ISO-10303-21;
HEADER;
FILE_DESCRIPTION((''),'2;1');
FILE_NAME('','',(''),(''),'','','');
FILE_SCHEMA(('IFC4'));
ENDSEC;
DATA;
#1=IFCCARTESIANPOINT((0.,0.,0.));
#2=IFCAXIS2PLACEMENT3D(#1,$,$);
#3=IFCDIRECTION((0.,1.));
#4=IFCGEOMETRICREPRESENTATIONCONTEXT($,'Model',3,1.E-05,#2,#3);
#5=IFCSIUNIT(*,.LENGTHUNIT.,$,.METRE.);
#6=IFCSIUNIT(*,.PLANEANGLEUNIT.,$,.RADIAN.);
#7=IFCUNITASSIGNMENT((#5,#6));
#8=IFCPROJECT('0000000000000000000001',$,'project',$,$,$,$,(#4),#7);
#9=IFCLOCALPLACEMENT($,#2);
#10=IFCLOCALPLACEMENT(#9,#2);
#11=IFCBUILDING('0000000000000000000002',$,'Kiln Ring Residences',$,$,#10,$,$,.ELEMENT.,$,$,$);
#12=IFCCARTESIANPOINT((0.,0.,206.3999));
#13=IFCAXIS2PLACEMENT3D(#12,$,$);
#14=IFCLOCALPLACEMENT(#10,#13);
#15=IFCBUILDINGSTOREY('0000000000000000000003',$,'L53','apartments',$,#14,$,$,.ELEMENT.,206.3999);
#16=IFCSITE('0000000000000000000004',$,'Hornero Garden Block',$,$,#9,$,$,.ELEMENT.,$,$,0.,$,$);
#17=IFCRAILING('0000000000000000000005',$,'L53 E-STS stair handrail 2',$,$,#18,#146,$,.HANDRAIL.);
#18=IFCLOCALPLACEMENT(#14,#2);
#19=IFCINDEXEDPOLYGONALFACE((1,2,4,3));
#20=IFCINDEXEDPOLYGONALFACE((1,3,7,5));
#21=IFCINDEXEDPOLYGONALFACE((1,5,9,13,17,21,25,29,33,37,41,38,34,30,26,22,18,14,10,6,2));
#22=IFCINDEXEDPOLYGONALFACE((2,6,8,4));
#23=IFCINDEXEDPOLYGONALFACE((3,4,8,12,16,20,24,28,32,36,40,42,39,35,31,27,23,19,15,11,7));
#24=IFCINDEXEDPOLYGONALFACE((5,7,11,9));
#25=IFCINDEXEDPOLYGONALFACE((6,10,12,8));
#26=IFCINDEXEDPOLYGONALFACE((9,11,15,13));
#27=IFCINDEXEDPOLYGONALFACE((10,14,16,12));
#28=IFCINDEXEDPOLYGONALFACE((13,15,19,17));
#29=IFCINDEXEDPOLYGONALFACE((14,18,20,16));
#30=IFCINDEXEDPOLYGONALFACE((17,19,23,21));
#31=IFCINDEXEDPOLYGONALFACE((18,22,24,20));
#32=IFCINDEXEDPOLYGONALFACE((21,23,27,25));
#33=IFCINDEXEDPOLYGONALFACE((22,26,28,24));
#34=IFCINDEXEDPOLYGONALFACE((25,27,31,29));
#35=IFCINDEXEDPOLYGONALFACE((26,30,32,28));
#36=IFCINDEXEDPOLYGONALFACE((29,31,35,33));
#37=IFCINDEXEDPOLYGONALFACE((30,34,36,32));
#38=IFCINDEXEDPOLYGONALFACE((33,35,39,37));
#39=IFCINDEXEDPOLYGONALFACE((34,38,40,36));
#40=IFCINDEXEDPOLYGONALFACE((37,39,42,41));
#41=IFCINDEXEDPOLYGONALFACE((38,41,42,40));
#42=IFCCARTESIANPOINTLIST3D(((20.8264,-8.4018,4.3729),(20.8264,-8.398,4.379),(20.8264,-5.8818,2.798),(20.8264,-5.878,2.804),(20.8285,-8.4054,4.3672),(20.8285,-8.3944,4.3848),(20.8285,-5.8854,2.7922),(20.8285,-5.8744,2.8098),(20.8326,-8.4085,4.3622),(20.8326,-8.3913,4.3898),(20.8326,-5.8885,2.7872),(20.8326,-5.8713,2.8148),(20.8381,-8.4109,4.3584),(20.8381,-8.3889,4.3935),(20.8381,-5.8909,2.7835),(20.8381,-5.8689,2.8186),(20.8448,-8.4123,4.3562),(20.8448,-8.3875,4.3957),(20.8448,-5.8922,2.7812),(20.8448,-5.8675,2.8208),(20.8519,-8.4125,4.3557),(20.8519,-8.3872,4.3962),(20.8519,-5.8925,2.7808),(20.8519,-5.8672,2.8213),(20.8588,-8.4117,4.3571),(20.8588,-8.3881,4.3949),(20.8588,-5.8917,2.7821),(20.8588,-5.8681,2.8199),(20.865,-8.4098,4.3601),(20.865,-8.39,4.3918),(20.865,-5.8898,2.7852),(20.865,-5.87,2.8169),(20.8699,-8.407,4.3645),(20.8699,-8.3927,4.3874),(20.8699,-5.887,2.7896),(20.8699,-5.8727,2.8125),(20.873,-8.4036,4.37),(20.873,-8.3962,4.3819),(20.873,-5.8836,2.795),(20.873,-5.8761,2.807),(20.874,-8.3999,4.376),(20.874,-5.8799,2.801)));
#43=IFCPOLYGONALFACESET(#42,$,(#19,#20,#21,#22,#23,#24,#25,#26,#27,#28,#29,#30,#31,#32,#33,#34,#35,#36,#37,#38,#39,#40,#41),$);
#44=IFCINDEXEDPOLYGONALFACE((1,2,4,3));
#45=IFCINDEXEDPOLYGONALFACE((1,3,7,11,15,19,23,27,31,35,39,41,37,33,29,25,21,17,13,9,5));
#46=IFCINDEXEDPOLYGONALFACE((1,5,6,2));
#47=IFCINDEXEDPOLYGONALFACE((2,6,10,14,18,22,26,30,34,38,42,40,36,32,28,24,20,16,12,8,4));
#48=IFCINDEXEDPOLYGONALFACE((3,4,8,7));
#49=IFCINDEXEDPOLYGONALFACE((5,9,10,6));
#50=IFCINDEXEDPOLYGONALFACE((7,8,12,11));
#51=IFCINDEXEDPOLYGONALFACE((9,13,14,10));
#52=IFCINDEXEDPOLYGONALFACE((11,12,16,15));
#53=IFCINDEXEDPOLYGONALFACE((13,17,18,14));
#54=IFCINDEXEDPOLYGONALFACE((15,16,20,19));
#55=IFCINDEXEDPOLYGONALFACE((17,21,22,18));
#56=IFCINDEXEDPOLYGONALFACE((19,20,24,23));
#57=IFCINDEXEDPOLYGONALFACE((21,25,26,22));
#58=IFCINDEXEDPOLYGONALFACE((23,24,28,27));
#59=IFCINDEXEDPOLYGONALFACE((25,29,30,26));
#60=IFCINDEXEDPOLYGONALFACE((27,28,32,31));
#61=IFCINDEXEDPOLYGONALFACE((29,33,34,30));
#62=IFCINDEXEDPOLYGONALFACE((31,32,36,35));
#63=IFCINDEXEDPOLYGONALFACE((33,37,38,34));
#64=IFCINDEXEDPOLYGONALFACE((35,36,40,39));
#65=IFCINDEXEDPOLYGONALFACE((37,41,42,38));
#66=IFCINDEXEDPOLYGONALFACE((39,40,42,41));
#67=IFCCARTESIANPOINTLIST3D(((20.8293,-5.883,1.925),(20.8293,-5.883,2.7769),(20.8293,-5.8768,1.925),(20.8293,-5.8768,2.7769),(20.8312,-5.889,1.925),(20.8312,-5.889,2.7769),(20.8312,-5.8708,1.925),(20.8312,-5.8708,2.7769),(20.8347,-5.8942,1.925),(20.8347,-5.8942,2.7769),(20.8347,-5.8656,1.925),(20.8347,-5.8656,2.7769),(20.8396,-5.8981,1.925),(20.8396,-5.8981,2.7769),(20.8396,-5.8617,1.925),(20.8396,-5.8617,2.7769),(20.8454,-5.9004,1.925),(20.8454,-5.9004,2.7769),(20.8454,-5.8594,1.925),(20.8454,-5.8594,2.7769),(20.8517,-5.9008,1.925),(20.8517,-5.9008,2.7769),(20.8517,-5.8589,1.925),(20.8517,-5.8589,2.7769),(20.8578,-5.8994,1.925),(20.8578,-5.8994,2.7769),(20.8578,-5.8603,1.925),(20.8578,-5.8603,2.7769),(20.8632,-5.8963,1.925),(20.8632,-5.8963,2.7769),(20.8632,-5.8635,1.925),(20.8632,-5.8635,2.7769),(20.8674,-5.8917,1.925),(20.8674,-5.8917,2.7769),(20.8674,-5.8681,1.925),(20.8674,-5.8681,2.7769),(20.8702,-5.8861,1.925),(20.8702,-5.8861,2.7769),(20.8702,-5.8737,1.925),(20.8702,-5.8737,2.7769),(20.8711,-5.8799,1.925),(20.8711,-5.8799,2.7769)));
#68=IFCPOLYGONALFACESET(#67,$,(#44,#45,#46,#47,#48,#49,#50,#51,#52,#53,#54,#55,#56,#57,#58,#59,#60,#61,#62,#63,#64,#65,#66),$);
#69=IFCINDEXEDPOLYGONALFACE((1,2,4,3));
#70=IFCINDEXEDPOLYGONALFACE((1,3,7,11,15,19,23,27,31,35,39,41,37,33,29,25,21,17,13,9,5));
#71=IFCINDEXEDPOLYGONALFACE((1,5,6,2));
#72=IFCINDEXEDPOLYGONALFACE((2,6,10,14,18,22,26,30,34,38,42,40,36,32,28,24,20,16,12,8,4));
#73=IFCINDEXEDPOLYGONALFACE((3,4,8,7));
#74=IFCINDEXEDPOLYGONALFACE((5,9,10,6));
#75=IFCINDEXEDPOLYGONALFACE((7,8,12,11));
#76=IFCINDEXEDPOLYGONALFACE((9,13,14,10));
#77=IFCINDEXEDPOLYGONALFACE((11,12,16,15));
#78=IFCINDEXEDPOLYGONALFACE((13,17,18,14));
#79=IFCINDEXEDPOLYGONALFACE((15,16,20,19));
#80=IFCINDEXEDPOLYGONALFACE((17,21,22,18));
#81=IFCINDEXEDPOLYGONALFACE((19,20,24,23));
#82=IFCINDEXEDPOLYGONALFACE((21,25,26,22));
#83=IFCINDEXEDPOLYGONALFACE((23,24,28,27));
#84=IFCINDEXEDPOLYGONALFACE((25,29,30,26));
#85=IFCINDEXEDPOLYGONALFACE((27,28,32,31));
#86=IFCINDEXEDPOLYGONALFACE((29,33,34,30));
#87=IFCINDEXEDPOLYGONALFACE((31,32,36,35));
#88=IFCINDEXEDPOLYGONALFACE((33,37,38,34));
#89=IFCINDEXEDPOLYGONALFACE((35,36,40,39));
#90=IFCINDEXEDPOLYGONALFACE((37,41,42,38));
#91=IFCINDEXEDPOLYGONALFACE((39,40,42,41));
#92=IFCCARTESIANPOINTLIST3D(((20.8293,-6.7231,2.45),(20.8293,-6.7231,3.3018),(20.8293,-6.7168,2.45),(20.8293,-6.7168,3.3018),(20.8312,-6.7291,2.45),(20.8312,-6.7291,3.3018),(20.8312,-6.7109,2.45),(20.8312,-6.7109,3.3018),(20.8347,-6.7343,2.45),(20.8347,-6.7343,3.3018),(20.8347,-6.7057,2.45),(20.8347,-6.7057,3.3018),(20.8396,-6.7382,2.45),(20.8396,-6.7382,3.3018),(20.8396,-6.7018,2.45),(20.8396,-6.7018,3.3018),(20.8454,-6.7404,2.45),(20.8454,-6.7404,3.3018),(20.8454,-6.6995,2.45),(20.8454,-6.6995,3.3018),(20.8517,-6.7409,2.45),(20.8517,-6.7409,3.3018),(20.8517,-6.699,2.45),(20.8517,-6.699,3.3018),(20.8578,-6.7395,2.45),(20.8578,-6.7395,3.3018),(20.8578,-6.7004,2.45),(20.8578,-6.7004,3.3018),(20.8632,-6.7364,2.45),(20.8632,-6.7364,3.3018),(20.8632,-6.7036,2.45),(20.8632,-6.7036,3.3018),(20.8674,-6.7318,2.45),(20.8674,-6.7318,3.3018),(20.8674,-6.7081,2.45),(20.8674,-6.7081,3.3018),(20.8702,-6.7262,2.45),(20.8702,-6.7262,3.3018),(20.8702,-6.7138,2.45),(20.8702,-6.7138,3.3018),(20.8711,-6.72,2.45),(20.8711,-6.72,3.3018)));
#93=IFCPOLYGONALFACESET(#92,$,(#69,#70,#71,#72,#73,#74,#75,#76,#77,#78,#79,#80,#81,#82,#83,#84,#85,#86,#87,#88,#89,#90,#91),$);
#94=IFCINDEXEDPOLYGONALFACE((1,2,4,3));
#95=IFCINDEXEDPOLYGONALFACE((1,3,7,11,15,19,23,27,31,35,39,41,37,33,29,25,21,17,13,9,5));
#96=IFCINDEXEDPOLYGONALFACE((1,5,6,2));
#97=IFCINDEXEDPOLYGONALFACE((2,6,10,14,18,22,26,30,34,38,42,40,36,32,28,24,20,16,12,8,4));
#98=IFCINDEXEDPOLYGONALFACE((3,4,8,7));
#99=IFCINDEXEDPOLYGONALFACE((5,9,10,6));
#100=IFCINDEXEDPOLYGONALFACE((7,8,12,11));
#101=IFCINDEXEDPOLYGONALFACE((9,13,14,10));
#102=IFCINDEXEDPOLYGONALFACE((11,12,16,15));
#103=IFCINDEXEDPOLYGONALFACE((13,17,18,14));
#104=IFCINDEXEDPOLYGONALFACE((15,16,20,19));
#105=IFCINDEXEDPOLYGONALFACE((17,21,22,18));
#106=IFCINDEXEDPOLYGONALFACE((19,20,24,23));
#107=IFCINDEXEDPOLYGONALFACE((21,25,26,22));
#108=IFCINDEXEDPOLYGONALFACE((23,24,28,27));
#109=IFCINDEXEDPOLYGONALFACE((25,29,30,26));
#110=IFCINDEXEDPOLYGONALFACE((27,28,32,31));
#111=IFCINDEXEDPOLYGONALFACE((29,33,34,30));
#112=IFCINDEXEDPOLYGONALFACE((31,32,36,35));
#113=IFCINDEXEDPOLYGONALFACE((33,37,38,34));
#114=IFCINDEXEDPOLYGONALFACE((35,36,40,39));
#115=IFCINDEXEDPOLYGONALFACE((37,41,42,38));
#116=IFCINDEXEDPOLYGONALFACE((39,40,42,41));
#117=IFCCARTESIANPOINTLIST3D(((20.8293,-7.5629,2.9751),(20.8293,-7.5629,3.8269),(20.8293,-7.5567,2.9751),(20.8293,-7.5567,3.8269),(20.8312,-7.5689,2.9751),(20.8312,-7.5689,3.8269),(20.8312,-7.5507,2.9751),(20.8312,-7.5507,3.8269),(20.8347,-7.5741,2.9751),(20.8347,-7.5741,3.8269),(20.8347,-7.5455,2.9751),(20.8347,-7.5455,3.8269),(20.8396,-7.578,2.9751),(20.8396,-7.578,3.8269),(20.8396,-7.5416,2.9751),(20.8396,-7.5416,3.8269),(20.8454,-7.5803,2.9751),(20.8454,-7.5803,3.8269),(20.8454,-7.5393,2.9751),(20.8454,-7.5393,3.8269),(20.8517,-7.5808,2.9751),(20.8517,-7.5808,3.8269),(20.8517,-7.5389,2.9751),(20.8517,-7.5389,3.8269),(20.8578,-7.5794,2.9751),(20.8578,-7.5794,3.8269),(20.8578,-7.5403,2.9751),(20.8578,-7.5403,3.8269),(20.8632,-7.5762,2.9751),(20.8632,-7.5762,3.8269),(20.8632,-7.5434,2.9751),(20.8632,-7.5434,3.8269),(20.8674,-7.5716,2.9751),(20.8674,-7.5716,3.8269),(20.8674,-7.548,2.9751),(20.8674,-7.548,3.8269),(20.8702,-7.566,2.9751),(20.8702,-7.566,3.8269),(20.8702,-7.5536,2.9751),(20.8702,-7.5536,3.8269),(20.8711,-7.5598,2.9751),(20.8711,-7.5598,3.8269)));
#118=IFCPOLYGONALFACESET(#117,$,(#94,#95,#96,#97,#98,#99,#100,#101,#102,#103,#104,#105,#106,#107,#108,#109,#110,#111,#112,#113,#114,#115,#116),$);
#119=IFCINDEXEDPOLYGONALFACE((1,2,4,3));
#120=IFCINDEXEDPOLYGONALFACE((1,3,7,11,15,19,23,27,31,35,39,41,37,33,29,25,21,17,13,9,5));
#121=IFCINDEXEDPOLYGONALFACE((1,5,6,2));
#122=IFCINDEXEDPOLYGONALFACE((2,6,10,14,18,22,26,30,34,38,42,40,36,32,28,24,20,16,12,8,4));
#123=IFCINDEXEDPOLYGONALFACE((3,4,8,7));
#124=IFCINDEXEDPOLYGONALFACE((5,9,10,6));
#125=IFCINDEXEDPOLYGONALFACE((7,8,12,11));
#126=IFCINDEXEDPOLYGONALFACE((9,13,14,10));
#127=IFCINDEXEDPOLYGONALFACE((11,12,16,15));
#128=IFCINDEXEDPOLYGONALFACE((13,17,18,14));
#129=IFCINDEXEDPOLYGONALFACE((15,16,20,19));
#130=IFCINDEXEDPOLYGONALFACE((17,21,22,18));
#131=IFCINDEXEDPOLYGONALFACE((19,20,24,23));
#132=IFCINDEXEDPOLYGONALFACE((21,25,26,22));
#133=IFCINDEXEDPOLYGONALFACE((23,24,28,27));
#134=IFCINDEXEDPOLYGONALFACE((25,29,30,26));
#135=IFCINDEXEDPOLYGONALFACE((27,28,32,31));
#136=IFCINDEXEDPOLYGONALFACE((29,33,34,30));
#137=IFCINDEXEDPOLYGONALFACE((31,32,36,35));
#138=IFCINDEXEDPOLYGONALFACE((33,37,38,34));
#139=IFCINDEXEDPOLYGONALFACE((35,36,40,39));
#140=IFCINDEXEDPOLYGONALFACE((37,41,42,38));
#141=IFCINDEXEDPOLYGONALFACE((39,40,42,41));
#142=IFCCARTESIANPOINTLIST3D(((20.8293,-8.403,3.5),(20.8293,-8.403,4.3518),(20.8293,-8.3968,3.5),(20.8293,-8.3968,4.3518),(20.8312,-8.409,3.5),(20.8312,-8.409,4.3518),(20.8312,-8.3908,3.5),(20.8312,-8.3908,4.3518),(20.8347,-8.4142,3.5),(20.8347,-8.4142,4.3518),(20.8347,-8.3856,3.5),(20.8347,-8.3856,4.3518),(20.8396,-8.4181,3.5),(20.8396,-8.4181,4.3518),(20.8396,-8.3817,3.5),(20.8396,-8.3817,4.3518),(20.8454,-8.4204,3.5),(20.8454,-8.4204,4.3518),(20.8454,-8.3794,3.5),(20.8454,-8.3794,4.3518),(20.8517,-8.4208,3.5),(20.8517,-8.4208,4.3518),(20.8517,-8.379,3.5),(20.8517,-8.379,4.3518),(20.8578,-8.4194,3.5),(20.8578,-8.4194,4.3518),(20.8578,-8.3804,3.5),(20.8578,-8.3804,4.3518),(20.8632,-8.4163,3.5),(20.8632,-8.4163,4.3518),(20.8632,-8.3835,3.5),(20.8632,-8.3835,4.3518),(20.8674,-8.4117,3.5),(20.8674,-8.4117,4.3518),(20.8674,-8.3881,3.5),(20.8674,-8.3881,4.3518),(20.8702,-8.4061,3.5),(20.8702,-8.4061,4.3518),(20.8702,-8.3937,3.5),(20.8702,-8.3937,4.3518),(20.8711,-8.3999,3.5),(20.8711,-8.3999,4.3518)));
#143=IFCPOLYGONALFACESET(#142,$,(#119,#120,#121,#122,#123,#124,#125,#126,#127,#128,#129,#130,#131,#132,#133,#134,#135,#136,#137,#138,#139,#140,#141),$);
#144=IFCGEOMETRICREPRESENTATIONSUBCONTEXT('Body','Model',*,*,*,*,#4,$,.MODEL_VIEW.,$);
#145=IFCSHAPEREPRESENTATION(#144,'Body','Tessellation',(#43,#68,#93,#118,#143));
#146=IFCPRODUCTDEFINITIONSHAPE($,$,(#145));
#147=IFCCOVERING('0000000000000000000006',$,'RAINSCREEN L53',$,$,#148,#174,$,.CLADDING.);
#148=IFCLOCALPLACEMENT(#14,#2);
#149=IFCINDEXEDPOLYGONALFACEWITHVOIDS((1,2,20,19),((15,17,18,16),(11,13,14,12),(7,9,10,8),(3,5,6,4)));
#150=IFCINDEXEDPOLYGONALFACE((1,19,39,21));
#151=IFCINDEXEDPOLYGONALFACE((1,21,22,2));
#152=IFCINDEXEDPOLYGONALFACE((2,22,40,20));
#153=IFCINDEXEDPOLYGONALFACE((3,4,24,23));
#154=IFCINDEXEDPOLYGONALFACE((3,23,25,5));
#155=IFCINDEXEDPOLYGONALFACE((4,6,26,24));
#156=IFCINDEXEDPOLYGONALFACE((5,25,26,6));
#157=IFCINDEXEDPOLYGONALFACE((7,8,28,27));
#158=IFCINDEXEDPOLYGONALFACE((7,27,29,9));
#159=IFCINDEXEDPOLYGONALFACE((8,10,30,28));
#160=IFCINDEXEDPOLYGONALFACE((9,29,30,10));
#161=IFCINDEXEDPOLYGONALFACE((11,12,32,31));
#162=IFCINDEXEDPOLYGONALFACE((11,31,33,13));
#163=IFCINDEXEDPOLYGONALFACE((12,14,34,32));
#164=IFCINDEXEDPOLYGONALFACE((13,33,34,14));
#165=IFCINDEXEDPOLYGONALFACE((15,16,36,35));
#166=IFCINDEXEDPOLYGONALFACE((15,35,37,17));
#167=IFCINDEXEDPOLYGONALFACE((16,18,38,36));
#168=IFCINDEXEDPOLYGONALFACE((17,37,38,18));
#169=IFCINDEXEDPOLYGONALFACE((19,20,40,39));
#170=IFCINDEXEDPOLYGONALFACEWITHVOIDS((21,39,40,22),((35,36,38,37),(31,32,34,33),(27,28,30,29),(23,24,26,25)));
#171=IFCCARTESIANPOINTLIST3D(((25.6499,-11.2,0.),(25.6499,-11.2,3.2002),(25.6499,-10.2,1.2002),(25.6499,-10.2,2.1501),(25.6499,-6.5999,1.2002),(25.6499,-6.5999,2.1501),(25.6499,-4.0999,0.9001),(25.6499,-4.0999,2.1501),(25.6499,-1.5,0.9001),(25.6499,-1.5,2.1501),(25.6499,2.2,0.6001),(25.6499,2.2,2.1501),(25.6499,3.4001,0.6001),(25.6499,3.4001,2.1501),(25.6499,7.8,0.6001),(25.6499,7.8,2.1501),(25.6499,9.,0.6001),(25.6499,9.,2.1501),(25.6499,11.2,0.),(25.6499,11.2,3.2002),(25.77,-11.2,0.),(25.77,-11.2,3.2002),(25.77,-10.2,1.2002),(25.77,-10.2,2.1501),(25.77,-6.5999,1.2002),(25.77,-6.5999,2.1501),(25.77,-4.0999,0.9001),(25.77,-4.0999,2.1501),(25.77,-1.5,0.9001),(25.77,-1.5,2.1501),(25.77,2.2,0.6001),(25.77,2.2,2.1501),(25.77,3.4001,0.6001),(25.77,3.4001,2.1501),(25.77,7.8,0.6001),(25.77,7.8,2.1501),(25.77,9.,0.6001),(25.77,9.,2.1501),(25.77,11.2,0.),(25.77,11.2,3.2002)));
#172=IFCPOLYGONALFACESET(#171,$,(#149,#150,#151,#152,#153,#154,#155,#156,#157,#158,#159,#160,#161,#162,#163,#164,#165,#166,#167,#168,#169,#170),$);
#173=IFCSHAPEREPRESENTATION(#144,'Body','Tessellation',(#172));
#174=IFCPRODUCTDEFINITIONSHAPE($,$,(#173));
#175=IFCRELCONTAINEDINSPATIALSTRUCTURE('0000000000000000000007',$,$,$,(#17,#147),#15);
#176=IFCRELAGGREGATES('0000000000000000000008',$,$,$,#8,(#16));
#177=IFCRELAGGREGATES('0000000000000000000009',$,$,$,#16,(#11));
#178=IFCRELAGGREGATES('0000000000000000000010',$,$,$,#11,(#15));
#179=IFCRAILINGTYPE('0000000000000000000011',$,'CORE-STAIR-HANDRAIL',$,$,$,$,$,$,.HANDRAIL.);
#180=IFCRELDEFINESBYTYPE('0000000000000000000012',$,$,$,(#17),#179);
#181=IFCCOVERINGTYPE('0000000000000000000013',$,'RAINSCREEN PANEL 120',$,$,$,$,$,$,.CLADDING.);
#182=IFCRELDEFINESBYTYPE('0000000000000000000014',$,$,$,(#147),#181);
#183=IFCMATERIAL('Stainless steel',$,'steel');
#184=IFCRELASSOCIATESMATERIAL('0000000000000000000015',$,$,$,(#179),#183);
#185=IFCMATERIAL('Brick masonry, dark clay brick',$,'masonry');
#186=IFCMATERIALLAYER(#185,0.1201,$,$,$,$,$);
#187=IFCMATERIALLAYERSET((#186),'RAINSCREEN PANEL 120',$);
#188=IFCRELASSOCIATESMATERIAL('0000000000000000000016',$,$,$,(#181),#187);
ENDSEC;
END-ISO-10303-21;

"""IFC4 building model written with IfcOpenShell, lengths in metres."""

from ifc_helpers import new_model, si_unit, direction, frame, origin, origin_2d, place, context, subcontext, project, spatial, polyline, circle, outline, extrude, material, layer, layer_set, type_object, element, save


model = new_model("IFC4")

# Units and contexts
model_context = context("Model", 3, precision=1e-05, world=origin(), true_north=direction((0.0, 1.0)))
body_context = subcontext(model_context, "Body", "Model", "MODEL_VIEW")
ifc_project = project(units=[si_unit("LENGTHUNIT", "METRE"), si_unit("PLANEANGLEUNIT", "RADIAN")], contexts=[model_context])

# Site, building, storey
site_placement = place(None, origin())
site = spatial("IfcSite", under=ifc_project, at=site_placement, Name="Hornero Garden Block", CompositionType="ELEMENT", RefElevation=0.0)
building_placement = place(site_placement, origin())
building = spatial("IfcBuilding", under=site, at=building_placement, Name="Kiln Ring Residences", CompositionType="ELEMENT")
storey_placement = place(building_placement, frame((0.0, 0.0, 206.3999)))
storey = spatial("IfcBuildingStorey", under=building, at=storey_placement, Name="L53", Description="apartments", CompositionType="ELEMENT", Elevation=206.3999)

# Railing
ifc_material_1 = material(Name="Stainless steel", Category="steel")
railing_type_1 = type_object("IfcRailingType", Name="CORE-STAIR-HANDRAIL", PredefinedType="HANDRAIL", material=ifc_material_1)
railing_1_placement = place(storey_placement, frame((20.8501, -5.8799, 1.925)))
element("IfcRailing", 1, at=railing_1_placement, inside=storey, type_object=railing_type_1, Name="L53 E-STS stair handrail 2", PredefinedType="HANDRAIL", context=body_context, shape_type="SweptSolid", body=[
    extrude(circle(Radius=0.0239, at=origin_2d()), frame((0.0, 0.0, 0.876), z_axis=(0.0, -0.848008, 0.529984), x_axis=(1.0, 0.0, 0.0)), (0.0, 0.0, 1.0), 2.9717),
    extrude(circle(Radius=0.021, at=origin_2d()), origin(), (0.0, 0.0, 1.0), 0.8518),
    extrude(circle(Radius=0.021, at=origin_2d()), frame((0.0, -0.8401, 0.5249)), (0.0, 0.0, 1.0), 0.8518),
    extrude(circle(Radius=0.021, at=origin_2d()), frame((0.0, -1.6799, 1.05)), (0.0, 0.0, 1.0), 0.8518),
    extrude(circle(Radius=0.021, at=origin_2d()), frame((0.0, -2.52, 1.575)), (0.0, 0.0, 1.0), 0.8518),
])

# Covering
ifc_material_2 = material(Name="Brick masonry, dark clay brick", Category="masonry")
ifc_layer_1 = layer(ifc_material_2, 0.1201)
ifc_layer_set_1 = layer_set([ifc_layer_1], Name="RAINSCREEN PANEL 120")
covering_type = type_object("IfcCoveringType", Name="RAINSCREEN PANEL 120", PredefinedType="CLADDING", material=ifc_layer_set_1)
covering_placement = place(storey_placement, frame((25.71, -11.2, 0.0), z_axis=(0.0, 0.0, 1.0), x_axis=(0.0, 1.0, 0.0)))
element("IfcCovering", 2, at=covering_placement, inside=storey, type_object=covering_type, Name="RAINSCREEN L53", PredefinedType="CLADDING", context=body_context, shape_type="SweptSolid", body=[
    extrude(outline(polyline([(0.0, 0.0), (22.3999, 0.0), (22.3999, 3.2002), (0.0, 3.2002), (0.0, 0.0)]), holes=[polyline([(14.6001, 0.6001), (14.6001, 2.1501), (13.3999, 2.1501), (13.3999, 0.6001), (14.6001, 0.6001)]), polyline([(20.2, 0.6001), (20.2, 2.1501), (19.0, 2.1501), (19.0, 0.6001), (20.2, 0.6001)]), polyline([(9.7, 0.9001), (9.7, 2.1501), (7.1001, 2.1501), (7.1001, 0.9001), (9.7, 0.9001)]), polyline([(4.6001, 1.2002), (4.6001, 2.1501), (1.0, 2.1501), (1.0, 1.2002), (4.6001, 1.2002)])]), frame((0.0, 0.0601, 0.0), z_axis=(0.0, -1.0, 0.0), x_axis=(1.0, 0.0, 0.0)), (0.0, 0.0, 1.0), 0.1201),
])

save(model, "model.ifc")
